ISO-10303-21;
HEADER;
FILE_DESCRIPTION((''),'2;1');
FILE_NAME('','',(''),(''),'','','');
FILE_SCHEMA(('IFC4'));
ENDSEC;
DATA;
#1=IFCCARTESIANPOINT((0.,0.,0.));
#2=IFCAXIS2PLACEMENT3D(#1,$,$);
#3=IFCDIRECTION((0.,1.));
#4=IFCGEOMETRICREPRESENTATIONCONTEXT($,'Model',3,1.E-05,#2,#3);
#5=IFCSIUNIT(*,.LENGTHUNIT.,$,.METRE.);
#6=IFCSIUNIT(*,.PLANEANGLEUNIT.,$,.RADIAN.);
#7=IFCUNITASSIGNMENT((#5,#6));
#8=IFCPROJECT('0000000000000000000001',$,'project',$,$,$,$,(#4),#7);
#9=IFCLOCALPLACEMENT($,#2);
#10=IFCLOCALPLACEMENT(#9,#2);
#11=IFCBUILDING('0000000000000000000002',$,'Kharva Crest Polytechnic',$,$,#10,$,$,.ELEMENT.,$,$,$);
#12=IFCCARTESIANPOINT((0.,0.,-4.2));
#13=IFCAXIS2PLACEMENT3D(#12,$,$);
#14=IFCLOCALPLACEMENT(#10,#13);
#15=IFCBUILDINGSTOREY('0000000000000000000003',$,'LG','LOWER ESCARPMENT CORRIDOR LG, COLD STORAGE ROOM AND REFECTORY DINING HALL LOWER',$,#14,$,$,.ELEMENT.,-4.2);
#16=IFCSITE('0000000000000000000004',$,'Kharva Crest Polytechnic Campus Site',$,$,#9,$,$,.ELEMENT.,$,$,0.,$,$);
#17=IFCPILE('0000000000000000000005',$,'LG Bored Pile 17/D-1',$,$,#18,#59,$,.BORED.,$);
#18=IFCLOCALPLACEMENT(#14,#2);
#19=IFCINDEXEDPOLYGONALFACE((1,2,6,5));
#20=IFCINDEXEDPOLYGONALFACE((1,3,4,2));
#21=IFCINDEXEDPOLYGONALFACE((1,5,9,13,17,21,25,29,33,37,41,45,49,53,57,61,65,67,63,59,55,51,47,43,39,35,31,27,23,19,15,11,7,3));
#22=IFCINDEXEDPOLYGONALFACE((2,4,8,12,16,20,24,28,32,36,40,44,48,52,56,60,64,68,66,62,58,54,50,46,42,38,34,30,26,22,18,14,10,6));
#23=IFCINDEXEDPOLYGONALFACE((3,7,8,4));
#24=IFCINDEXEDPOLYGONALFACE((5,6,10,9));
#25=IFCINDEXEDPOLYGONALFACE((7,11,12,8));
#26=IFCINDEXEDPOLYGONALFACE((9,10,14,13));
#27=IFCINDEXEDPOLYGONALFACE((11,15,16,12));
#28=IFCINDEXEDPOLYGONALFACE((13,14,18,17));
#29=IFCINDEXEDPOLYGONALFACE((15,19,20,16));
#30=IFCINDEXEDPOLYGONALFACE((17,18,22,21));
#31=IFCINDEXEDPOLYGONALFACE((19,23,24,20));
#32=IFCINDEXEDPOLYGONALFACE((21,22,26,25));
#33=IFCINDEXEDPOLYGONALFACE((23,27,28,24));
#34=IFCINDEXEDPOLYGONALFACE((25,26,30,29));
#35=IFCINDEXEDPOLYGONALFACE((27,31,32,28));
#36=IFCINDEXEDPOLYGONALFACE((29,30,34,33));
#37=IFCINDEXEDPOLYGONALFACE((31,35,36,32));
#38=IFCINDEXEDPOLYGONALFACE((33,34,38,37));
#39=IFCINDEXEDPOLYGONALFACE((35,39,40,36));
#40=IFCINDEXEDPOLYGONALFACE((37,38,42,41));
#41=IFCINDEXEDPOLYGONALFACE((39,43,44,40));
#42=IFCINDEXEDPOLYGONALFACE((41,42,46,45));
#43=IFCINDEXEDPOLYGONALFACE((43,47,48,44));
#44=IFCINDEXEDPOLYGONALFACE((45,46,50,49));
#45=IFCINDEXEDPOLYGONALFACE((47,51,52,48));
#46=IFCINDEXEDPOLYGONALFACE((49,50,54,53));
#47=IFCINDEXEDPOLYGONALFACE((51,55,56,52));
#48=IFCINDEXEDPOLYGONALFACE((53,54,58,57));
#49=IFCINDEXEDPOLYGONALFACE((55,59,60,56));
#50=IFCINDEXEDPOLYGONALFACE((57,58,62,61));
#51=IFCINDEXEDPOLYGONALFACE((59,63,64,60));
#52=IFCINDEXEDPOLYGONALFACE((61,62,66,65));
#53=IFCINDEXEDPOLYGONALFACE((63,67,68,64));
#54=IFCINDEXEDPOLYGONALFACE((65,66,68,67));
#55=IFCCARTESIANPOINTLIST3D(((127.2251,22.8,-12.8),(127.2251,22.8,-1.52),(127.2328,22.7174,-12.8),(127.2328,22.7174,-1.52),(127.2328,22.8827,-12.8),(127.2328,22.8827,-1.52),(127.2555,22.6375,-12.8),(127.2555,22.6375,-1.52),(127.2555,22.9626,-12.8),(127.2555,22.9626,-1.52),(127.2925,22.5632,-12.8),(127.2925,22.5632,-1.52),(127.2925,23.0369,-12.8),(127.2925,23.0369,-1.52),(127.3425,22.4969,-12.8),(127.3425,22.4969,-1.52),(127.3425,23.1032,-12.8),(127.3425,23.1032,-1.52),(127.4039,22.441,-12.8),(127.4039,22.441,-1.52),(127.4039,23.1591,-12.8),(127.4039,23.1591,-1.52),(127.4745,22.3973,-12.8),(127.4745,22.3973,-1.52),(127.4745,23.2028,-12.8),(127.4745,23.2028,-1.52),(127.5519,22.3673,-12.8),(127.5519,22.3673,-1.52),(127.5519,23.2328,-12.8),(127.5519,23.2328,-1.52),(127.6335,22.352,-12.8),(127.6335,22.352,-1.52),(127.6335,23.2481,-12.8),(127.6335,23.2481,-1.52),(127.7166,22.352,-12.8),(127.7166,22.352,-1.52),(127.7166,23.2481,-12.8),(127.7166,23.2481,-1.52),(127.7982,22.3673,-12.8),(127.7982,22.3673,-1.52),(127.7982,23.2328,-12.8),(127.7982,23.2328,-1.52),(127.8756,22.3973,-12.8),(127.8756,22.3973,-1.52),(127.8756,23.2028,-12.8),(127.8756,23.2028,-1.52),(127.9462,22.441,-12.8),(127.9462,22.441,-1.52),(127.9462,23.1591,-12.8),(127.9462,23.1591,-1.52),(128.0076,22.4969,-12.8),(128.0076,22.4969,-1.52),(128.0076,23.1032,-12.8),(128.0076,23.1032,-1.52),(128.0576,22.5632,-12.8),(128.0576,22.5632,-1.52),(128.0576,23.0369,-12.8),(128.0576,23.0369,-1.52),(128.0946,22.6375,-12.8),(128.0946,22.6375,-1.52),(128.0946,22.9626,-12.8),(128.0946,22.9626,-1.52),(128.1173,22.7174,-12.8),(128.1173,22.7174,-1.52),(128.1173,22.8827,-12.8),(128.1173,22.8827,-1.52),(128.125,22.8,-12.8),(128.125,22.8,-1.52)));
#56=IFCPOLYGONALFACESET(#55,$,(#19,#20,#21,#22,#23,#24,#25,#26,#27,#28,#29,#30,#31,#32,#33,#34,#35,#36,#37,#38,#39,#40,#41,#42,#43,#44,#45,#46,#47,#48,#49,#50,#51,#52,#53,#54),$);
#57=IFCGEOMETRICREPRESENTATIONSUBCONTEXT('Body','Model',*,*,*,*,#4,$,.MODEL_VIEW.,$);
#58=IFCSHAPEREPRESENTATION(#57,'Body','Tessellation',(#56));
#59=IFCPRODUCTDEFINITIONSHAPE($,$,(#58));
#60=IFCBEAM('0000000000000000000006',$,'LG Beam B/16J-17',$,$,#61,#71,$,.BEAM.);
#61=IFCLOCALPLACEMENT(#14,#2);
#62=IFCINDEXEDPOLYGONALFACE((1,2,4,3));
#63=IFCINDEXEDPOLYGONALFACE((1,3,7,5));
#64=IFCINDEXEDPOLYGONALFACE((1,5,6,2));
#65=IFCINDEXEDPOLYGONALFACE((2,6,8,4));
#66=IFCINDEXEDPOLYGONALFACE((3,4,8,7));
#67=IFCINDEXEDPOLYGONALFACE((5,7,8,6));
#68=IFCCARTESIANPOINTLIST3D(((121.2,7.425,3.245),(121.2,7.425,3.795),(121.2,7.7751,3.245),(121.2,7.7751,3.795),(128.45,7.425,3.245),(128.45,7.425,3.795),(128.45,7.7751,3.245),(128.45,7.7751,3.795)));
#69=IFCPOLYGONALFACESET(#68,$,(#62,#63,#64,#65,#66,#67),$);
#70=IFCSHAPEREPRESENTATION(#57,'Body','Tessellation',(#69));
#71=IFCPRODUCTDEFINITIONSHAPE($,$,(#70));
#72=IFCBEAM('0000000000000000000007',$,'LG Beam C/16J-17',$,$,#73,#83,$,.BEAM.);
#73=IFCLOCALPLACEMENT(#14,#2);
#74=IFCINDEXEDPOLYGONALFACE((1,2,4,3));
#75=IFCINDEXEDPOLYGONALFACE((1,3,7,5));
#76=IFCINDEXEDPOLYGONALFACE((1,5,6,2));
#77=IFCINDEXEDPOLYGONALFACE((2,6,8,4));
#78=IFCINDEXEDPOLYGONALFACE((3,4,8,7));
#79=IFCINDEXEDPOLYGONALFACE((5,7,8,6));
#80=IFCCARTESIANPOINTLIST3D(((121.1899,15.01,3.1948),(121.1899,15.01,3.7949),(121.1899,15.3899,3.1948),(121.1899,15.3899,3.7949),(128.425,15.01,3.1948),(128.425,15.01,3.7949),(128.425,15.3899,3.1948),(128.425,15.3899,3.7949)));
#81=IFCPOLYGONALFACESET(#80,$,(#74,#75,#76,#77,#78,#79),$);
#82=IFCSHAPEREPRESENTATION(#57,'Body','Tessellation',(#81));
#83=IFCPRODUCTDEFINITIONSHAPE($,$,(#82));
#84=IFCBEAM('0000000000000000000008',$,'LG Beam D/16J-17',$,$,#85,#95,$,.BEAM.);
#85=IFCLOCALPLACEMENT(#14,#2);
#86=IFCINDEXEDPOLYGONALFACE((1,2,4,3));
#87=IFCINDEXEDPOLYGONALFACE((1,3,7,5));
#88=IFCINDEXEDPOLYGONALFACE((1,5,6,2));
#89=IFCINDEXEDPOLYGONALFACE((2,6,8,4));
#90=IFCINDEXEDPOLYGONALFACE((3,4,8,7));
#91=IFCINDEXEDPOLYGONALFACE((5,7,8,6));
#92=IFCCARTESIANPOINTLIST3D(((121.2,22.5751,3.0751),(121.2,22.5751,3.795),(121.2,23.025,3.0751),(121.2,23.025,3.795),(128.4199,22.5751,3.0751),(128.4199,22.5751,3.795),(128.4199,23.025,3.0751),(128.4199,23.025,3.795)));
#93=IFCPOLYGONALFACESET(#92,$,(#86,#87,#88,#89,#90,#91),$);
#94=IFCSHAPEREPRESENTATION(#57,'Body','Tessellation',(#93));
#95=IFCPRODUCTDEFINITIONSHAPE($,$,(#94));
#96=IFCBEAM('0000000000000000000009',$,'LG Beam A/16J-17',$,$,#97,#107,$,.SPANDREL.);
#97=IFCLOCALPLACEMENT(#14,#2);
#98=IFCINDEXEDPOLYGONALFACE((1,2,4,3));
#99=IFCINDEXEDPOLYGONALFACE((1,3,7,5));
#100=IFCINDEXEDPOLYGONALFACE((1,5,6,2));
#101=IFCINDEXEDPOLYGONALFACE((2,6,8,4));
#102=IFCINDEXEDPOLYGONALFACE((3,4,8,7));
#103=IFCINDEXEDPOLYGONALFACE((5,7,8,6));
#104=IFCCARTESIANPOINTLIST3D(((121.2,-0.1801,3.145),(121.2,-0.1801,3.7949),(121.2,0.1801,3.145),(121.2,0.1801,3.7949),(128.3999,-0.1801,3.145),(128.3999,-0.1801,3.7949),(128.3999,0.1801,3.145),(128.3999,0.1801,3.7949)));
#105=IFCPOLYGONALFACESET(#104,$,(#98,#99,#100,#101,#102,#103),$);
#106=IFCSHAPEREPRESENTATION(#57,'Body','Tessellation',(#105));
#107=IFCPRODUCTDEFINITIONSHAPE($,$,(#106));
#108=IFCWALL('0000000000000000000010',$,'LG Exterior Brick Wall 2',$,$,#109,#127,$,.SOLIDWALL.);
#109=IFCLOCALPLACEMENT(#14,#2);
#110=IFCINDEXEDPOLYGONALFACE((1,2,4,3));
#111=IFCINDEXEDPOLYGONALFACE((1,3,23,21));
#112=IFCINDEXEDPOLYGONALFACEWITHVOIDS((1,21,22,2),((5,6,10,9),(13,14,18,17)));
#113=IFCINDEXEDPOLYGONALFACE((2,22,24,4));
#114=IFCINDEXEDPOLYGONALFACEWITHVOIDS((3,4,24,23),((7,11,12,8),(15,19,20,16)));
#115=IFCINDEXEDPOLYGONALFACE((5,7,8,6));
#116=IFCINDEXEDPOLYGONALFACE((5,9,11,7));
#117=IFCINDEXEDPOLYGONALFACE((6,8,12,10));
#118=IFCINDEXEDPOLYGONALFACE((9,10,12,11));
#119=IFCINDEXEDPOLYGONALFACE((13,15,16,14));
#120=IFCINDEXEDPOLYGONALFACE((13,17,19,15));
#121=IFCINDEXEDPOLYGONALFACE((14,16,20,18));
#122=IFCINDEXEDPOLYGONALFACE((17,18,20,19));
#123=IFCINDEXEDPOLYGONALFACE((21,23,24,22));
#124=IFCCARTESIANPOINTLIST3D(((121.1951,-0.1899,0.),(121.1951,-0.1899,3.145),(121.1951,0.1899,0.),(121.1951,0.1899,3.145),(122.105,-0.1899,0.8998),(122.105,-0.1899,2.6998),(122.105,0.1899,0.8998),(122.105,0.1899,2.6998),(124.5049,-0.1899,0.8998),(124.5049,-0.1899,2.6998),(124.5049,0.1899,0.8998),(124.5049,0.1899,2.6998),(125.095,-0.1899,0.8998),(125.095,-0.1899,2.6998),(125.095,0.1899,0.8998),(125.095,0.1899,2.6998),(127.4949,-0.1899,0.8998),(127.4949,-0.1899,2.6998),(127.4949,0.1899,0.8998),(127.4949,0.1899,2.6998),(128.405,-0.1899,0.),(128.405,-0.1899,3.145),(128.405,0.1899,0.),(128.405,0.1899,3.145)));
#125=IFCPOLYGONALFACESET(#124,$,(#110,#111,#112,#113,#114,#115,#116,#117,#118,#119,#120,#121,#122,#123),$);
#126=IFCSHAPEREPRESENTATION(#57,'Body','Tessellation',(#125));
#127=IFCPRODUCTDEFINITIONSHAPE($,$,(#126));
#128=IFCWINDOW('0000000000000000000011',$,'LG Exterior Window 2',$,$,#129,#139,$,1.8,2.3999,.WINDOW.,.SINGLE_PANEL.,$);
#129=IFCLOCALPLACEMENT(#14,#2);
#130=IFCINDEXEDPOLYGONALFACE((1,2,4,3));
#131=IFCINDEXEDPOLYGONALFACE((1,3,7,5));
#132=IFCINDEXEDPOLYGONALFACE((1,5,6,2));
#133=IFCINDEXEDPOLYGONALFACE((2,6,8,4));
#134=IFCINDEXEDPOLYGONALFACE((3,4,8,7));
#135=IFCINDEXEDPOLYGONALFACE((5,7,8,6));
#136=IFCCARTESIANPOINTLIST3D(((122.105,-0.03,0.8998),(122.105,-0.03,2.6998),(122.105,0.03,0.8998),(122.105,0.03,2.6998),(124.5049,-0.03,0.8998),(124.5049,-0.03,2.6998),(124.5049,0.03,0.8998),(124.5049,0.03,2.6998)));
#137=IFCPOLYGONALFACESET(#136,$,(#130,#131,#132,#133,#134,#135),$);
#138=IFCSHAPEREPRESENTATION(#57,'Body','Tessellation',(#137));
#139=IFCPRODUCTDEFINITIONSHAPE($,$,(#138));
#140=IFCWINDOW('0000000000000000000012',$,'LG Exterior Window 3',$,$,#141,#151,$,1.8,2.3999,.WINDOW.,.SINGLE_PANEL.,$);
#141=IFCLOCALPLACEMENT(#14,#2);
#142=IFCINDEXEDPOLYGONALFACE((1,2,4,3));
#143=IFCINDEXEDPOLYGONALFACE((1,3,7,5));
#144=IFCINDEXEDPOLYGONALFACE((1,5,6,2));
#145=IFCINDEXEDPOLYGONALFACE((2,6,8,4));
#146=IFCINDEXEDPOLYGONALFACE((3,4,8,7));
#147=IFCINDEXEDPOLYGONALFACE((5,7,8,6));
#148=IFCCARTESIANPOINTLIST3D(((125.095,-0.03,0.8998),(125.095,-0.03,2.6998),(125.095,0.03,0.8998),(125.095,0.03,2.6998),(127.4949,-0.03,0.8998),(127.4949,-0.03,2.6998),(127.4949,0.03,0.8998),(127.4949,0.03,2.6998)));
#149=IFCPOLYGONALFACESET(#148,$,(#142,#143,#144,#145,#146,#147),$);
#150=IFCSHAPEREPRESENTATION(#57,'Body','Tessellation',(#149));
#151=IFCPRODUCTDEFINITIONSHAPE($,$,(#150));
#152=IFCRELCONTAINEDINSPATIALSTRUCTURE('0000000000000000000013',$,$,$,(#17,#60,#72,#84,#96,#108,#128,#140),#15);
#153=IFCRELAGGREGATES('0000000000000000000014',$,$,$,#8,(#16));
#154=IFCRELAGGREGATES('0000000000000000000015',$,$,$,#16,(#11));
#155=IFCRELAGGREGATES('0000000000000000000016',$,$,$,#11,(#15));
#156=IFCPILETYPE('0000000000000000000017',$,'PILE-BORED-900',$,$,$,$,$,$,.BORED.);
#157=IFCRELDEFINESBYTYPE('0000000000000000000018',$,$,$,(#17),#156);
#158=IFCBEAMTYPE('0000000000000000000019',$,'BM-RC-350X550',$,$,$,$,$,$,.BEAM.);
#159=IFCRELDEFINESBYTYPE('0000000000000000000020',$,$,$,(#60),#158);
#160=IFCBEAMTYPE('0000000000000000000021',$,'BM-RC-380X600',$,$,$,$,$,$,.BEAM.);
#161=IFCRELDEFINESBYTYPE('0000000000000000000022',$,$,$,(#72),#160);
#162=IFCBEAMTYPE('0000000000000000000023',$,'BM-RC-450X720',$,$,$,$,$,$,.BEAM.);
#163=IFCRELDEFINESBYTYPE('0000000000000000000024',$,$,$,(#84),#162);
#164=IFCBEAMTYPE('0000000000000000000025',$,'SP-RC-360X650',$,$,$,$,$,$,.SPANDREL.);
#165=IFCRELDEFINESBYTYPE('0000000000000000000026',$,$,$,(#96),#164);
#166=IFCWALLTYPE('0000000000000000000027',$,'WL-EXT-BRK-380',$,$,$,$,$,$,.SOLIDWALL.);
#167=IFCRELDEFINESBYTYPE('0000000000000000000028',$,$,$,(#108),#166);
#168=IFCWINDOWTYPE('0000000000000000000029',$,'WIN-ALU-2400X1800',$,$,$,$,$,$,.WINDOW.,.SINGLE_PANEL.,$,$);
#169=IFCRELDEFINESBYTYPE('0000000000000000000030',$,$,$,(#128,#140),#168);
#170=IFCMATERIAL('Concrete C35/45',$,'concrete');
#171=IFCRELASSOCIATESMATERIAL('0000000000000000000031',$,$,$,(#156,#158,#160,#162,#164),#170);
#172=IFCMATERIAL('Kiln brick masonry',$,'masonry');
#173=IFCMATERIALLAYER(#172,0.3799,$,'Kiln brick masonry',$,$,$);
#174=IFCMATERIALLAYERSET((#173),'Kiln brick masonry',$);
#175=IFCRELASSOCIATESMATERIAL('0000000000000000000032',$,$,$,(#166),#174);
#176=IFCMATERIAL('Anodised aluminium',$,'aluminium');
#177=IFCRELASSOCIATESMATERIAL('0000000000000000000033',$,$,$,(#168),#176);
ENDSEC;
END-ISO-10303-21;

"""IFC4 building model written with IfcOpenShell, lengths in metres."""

from ifc_helpers import new_model, si_unit, direction, frame, frame_2d, origin, origin_2d, place, context, subcontext, project, spatial, rectangle, circle, extrude, material, layer, layer_set, material_profile, profile_set, type_object, element, fill, save


model = new_model("IFC4")

# Units and contexts
model_context = context("Model", 3, precision=1e-05, world=origin(), true_north=direction((0.0, 1.0)))
body_context = subcontext(model_context, "Body", "Model", "MODEL_VIEW")
ifc_project = project(units=[si_unit("LENGTHUNIT", "METRE"), si_unit("PLANEANGLEUNIT", "RADIAN")], contexts=[model_context])

# Site, building, storey
site_placement = place(None, origin())
site = spatial("IfcSite", under=ifc_project, at=site_placement, Name="Kharva Crest Polytechnic Campus Site", CompositionType="ELEMENT", RefElevation=0.0)
building_placement = place(site_placement, origin())
building = spatial("IfcBuilding", under=site, at=building_placement, Name="Kharva Crest Polytechnic", CompositionType="ELEMENT")
storey_placement = place(building_placement, frame((0.0, 0.0, -4.2)))
storey = spatial("IfcBuildingStorey", under=building, at=storey_placement, Name="LG", Description="LOWER ESCARPMENT CORRIDOR LG, COLD STORAGE ROOM AND REFECTORY DINING HALL LOWER", CompositionType="ELEMENT", Elevation=-4.2)

# Shared definitions
ifc_material_1 = material(Name="Concrete C35/45", Category="concrete")

# Pile
ifc_material_profile_1 = material_profile(ifc_material_1, circle(Radius=0.45, at=origin_2d()), Name="DIA 900")
ifc_profile_set_1 = profile_set([ifc_material_profile_1], Name="Concrete C35/45")
pile_type_1 = type_object("IfcPileType", Name="PILE-BORED-900", PredefinedType="BORED", material=ifc_profile_set_1)
for number, where, z_axis, x_axis, name in (
    (1, (127.675, 22.8, -1.52), (0.0, 0.0, -1.0), (1.0, 0.0, 0.0), "LG Bored Pile 17/D-1"),
):
    element("IfcPile", number, at=place(storey_placement, frame(where, z_axis=z_axis, x_axis=x_axis)), inside=storey, type_object=pile_type_1, Name=name, PredefinedType="BORED", context=body_context, shape_type="SweptSolid", body=[
        extrude(circle(Radius=0.45, at=origin_2d()), origin(), (0.0, 0.0, 1.0), 11.28),
    ])

# Beams
ifc_material_profile_2 = material_profile(ifc_material_1, rectangle(XDim=0.3501, YDim=0.55, at=origin_2d()), Name="RECT 350 X 550")
ifc_profile_set_2 = profile_set([ifc_material_profile_2], Name="Concrete C35/45")
beam_type_1 = type_object("IfcBeamType", Name="BM-RC-350X550", PredefinedType="BEAM", material=ifc_profile_set_2)
beam_1_placement = place(storey_placement, frame((121.2, 7.6001, 3.52), z_axis=(1.0, 0.0, 0.0), x_axis=(0.0, 1.0, 0.0)))
element("IfcBeam", 2, at=beam_1_placement, inside=storey, type_object=beam_type_1, Name="LG Beam B/16J-17", PredefinedType="BEAM", context=body_context, shape_type="SweptSolid", body=[
    extrude(rectangle(XDim=0.3501, YDim=0.55, at=origin_2d()), origin(), (0.0, 0.0, 1.0), 7.25),
])
ifc_material_profile_3 = material_profile(ifc_material_1, rectangle(XDim=0.3799, YDim=0.6001, at=origin_2d()), Name="RECT 380 X 600")
ifc_profile_set_3 = profile_set([ifc_material_profile_3], Name="Concrete C35/45")
beam_type_2 = type_object("IfcBeamType", Name="BM-RC-380X600", PredefinedType="BEAM", material=ifc_profile_set_3)
beam_2_placement = place(storey_placement, frame((121.1899, 15.2, 3.4949), z_axis=(1.0, 0.0, 0.0), x_axis=(0.0, 1.0, 0.0)))
element("IfcBeam", 3, at=beam_2_placement, inside=storey, type_object=beam_type_2, Name="LG Beam C/16J-17", PredefinedType="BEAM", context=body_context, shape_type="SweptSolid", body=[
    extrude(rectangle(XDim=0.3799, YDim=0.6001, at=origin_2d()), origin(), (0.0, 0.0, 1.0), 7.2351),
])
ifc_material_profile_4 = material_profile(ifc_material_1, rectangle(XDim=0.45, YDim=0.72, at=origin_2d()), Name="RECT 450 X 720")
ifc_profile_set_4 = profile_set([ifc_material_profile_4], Name="Concrete C35/45")
beam_type_3 = type_object("IfcBeamType", Name="BM-RC-450X720", PredefinedType="BEAM", material=ifc_profile_set_4)
beam_3_placement = place(storey_placement, frame((121.2, 22.8, 3.4351), z_axis=(1.0, 0.0, 0.0), x_axis=(0.0, 1.0, 0.0)))
element("IfcBeam", 4, at=beam_3_placement, inside=storey, type_object=beam_type_3, Name="LG Beam D/16J-17", PredefinedType="BEAM", context=body_context, shape_type="SweptSolid", body=[
    extrude(rectangle(XDim=0.45, YDim=0.72, at=origin_2d()), origin(), (0.0, 0.0, 1.0), 7.22),
])
ifc_material_profile_5 = material_profile(ifc_material_1, rectangle(XDim=0.3601, YDim=0.6499, at=origin_2d()), Name="RECT 360 X 650")
ifc_profile_set_5 = profile_set([ifc_material_profile_5], Name="Concrete C35/45")
beam_type_4 = type_object("IfcBeamType", Name="SP-RC-360X650", PredefinedType="SPANDREL", material=ifc_profile_set_5)
beam_4_placement = place(storey_placement, frame((121.2, 0.0, 3.47), z_axis=(1.0, 0.0, 0.0), x_axis=(0.0, 1.0, 0.0)))
element("IfcBeam", 5, at=beam_4_placement, inside=storey, type_object=beam_type_4, Name="LG Beam A/16J-17", PredefinedType="SPANDREL", context=body_context, shape_type="SweptSolid", body=[
    extrude(rectangle(XDim=0.3601, YDim=0.6499, at=origin_2d()), origin(), (0.0, 0.0, 1.0), 7.2),
])

# Wall, openings, windows
ifc_material_2 = material(Name="Kiln brick masonry", Category="masonry")
ifc_layer_1 = layer(ifc_material_2, 0.3799, Name="Kiln brick masonry")
ifc_layer_set_1 = layer_set([ifc_layer_1], Name="Kiln brick masonry")
wall_type_1 = type_object("IfcWallType", Name="WL-EXT-BRK-380", PredefinedType="SOLIDWALL", material=ifc_layer_set_1)
wall_1_placement = place(storey_placement, frame((121.1951, 0.0, 0.0), z_axis=(0.0, 0.0, 1.0), x_axis=(1.0, 0.0, 0.0)))
wall_1 = element("IfcWall", 6, at=wall_1_placement, inside=storey, type_object=wall_type_1, Name="LG Exterior Brick Wall 2", PredefinedType="SOLIDWALL", context=body_context, shape_type="SweptSolid", body=[
    extrude(rectangle(XDim=7.21, YDim=0.3799, at=frame_2d((3.605, 0.0))), origin(), (0.0, 0.0, 1.0), 3.145),
])
opening_1_placement = place(wall_1_placement, frame((0.9099, 0.0, 0.8999)))
opening_1 = element("IfcOpeningElement", 7, at=opening_1_placement, cuts=wall_1, PredefinedType="OPENING", context=body_context, shape_type="SweptSolid", body=[
    extrude(rectangle(XDim=2.3999, YDim=1.8, at=frame_2d((1.2, 0.8999))), frame((0.0, 0.2, 0.0), z_axis=(0.0, -1.0, 0.0), x_axis=(1.0, 0.0, 0.0)), (0.0, 0.0, 1.0), 0.3999),
])
opening_2_placement = place(wall_1_placement, frame((3.8999, 0.0, 0.8999)))
opening_2 = element("IfcOpeningElement", 8, at=opening_2_placement, cuts=wall_1, PredefinedType="OPENING", context=body_context, shape_type="SweptSolid", body=[
    extrude(rectangle(XDim=2.3999, YDim=1.8, at=frame_2d((1.2, 0.8999))), frame((0.0, 0.2, 0.0), z_axis=(0.0, -1.0, 0.0), x_axis=(1.0, 0.0, 0.0)), (0.0, 0.0, 1.0), 0.3999),
])
ifc_material_3 = material(Name="Anodised aluminium", Category="aluminium")
window_type = type_object("IfcWindowType", Name="WIN-ALU-2400X1800", PartitioningType="SINGLE_PANEL", PredefinedType="WINDOW", material=ifc_material_3)
window_1_placement = place(opening_1_placement, origin())
window_1 = element("IfcWindow", 9, at=window_1_placement, inside=storey, type_object=window_type, Name="LG Exterior Window 2", OverallHeight=1.8, OverallWidth=2.3999, PartitioningType="SINGLE_PANEL", PredefinedType="WINDOW", context=body_context, shape_type="SweptSolid", body=[
    extrude(rectangle(XDim=2.3999, YDim=1.8, at=frame_2d((1.2, 0.8999))), frame((0.0, 0.03, 0.0), z_axis=(0.0, -1.0, 0.0), x_axis=(1.0, 0.0, 0.0)), (0.0, 0.0, 1.0), 0.0601),
])
fill(opening_1, window_1)
window_2_placement = place(opening_2_placement, origin())
window_2 = element("IfcWindow", 10, at=window_2_placement, inside=storey, type_object=window_type, Name="LG Exterior Window 3", OverallHeight=1.8, OverallWidth=2.3999, PartitioningType="SINGLE_PANEL", PredefinedType="WINDOW", context=body_context, shape_type="SweptSolid", body=[
    extrude(rectangle(XDim=2.3999, YDim=1.8, at=frame_2d((1.2, 0.8999))), frame((0.0, 0.03, 0.0), z_axis=(0.0, -1.0, 0.0), x_axis=(1.0, 0.0, 0.0)), (0.0, 0.0, 1.0), 0.0601),
])
fill(opening_2, window_2)

save(model, "model.ifc")
